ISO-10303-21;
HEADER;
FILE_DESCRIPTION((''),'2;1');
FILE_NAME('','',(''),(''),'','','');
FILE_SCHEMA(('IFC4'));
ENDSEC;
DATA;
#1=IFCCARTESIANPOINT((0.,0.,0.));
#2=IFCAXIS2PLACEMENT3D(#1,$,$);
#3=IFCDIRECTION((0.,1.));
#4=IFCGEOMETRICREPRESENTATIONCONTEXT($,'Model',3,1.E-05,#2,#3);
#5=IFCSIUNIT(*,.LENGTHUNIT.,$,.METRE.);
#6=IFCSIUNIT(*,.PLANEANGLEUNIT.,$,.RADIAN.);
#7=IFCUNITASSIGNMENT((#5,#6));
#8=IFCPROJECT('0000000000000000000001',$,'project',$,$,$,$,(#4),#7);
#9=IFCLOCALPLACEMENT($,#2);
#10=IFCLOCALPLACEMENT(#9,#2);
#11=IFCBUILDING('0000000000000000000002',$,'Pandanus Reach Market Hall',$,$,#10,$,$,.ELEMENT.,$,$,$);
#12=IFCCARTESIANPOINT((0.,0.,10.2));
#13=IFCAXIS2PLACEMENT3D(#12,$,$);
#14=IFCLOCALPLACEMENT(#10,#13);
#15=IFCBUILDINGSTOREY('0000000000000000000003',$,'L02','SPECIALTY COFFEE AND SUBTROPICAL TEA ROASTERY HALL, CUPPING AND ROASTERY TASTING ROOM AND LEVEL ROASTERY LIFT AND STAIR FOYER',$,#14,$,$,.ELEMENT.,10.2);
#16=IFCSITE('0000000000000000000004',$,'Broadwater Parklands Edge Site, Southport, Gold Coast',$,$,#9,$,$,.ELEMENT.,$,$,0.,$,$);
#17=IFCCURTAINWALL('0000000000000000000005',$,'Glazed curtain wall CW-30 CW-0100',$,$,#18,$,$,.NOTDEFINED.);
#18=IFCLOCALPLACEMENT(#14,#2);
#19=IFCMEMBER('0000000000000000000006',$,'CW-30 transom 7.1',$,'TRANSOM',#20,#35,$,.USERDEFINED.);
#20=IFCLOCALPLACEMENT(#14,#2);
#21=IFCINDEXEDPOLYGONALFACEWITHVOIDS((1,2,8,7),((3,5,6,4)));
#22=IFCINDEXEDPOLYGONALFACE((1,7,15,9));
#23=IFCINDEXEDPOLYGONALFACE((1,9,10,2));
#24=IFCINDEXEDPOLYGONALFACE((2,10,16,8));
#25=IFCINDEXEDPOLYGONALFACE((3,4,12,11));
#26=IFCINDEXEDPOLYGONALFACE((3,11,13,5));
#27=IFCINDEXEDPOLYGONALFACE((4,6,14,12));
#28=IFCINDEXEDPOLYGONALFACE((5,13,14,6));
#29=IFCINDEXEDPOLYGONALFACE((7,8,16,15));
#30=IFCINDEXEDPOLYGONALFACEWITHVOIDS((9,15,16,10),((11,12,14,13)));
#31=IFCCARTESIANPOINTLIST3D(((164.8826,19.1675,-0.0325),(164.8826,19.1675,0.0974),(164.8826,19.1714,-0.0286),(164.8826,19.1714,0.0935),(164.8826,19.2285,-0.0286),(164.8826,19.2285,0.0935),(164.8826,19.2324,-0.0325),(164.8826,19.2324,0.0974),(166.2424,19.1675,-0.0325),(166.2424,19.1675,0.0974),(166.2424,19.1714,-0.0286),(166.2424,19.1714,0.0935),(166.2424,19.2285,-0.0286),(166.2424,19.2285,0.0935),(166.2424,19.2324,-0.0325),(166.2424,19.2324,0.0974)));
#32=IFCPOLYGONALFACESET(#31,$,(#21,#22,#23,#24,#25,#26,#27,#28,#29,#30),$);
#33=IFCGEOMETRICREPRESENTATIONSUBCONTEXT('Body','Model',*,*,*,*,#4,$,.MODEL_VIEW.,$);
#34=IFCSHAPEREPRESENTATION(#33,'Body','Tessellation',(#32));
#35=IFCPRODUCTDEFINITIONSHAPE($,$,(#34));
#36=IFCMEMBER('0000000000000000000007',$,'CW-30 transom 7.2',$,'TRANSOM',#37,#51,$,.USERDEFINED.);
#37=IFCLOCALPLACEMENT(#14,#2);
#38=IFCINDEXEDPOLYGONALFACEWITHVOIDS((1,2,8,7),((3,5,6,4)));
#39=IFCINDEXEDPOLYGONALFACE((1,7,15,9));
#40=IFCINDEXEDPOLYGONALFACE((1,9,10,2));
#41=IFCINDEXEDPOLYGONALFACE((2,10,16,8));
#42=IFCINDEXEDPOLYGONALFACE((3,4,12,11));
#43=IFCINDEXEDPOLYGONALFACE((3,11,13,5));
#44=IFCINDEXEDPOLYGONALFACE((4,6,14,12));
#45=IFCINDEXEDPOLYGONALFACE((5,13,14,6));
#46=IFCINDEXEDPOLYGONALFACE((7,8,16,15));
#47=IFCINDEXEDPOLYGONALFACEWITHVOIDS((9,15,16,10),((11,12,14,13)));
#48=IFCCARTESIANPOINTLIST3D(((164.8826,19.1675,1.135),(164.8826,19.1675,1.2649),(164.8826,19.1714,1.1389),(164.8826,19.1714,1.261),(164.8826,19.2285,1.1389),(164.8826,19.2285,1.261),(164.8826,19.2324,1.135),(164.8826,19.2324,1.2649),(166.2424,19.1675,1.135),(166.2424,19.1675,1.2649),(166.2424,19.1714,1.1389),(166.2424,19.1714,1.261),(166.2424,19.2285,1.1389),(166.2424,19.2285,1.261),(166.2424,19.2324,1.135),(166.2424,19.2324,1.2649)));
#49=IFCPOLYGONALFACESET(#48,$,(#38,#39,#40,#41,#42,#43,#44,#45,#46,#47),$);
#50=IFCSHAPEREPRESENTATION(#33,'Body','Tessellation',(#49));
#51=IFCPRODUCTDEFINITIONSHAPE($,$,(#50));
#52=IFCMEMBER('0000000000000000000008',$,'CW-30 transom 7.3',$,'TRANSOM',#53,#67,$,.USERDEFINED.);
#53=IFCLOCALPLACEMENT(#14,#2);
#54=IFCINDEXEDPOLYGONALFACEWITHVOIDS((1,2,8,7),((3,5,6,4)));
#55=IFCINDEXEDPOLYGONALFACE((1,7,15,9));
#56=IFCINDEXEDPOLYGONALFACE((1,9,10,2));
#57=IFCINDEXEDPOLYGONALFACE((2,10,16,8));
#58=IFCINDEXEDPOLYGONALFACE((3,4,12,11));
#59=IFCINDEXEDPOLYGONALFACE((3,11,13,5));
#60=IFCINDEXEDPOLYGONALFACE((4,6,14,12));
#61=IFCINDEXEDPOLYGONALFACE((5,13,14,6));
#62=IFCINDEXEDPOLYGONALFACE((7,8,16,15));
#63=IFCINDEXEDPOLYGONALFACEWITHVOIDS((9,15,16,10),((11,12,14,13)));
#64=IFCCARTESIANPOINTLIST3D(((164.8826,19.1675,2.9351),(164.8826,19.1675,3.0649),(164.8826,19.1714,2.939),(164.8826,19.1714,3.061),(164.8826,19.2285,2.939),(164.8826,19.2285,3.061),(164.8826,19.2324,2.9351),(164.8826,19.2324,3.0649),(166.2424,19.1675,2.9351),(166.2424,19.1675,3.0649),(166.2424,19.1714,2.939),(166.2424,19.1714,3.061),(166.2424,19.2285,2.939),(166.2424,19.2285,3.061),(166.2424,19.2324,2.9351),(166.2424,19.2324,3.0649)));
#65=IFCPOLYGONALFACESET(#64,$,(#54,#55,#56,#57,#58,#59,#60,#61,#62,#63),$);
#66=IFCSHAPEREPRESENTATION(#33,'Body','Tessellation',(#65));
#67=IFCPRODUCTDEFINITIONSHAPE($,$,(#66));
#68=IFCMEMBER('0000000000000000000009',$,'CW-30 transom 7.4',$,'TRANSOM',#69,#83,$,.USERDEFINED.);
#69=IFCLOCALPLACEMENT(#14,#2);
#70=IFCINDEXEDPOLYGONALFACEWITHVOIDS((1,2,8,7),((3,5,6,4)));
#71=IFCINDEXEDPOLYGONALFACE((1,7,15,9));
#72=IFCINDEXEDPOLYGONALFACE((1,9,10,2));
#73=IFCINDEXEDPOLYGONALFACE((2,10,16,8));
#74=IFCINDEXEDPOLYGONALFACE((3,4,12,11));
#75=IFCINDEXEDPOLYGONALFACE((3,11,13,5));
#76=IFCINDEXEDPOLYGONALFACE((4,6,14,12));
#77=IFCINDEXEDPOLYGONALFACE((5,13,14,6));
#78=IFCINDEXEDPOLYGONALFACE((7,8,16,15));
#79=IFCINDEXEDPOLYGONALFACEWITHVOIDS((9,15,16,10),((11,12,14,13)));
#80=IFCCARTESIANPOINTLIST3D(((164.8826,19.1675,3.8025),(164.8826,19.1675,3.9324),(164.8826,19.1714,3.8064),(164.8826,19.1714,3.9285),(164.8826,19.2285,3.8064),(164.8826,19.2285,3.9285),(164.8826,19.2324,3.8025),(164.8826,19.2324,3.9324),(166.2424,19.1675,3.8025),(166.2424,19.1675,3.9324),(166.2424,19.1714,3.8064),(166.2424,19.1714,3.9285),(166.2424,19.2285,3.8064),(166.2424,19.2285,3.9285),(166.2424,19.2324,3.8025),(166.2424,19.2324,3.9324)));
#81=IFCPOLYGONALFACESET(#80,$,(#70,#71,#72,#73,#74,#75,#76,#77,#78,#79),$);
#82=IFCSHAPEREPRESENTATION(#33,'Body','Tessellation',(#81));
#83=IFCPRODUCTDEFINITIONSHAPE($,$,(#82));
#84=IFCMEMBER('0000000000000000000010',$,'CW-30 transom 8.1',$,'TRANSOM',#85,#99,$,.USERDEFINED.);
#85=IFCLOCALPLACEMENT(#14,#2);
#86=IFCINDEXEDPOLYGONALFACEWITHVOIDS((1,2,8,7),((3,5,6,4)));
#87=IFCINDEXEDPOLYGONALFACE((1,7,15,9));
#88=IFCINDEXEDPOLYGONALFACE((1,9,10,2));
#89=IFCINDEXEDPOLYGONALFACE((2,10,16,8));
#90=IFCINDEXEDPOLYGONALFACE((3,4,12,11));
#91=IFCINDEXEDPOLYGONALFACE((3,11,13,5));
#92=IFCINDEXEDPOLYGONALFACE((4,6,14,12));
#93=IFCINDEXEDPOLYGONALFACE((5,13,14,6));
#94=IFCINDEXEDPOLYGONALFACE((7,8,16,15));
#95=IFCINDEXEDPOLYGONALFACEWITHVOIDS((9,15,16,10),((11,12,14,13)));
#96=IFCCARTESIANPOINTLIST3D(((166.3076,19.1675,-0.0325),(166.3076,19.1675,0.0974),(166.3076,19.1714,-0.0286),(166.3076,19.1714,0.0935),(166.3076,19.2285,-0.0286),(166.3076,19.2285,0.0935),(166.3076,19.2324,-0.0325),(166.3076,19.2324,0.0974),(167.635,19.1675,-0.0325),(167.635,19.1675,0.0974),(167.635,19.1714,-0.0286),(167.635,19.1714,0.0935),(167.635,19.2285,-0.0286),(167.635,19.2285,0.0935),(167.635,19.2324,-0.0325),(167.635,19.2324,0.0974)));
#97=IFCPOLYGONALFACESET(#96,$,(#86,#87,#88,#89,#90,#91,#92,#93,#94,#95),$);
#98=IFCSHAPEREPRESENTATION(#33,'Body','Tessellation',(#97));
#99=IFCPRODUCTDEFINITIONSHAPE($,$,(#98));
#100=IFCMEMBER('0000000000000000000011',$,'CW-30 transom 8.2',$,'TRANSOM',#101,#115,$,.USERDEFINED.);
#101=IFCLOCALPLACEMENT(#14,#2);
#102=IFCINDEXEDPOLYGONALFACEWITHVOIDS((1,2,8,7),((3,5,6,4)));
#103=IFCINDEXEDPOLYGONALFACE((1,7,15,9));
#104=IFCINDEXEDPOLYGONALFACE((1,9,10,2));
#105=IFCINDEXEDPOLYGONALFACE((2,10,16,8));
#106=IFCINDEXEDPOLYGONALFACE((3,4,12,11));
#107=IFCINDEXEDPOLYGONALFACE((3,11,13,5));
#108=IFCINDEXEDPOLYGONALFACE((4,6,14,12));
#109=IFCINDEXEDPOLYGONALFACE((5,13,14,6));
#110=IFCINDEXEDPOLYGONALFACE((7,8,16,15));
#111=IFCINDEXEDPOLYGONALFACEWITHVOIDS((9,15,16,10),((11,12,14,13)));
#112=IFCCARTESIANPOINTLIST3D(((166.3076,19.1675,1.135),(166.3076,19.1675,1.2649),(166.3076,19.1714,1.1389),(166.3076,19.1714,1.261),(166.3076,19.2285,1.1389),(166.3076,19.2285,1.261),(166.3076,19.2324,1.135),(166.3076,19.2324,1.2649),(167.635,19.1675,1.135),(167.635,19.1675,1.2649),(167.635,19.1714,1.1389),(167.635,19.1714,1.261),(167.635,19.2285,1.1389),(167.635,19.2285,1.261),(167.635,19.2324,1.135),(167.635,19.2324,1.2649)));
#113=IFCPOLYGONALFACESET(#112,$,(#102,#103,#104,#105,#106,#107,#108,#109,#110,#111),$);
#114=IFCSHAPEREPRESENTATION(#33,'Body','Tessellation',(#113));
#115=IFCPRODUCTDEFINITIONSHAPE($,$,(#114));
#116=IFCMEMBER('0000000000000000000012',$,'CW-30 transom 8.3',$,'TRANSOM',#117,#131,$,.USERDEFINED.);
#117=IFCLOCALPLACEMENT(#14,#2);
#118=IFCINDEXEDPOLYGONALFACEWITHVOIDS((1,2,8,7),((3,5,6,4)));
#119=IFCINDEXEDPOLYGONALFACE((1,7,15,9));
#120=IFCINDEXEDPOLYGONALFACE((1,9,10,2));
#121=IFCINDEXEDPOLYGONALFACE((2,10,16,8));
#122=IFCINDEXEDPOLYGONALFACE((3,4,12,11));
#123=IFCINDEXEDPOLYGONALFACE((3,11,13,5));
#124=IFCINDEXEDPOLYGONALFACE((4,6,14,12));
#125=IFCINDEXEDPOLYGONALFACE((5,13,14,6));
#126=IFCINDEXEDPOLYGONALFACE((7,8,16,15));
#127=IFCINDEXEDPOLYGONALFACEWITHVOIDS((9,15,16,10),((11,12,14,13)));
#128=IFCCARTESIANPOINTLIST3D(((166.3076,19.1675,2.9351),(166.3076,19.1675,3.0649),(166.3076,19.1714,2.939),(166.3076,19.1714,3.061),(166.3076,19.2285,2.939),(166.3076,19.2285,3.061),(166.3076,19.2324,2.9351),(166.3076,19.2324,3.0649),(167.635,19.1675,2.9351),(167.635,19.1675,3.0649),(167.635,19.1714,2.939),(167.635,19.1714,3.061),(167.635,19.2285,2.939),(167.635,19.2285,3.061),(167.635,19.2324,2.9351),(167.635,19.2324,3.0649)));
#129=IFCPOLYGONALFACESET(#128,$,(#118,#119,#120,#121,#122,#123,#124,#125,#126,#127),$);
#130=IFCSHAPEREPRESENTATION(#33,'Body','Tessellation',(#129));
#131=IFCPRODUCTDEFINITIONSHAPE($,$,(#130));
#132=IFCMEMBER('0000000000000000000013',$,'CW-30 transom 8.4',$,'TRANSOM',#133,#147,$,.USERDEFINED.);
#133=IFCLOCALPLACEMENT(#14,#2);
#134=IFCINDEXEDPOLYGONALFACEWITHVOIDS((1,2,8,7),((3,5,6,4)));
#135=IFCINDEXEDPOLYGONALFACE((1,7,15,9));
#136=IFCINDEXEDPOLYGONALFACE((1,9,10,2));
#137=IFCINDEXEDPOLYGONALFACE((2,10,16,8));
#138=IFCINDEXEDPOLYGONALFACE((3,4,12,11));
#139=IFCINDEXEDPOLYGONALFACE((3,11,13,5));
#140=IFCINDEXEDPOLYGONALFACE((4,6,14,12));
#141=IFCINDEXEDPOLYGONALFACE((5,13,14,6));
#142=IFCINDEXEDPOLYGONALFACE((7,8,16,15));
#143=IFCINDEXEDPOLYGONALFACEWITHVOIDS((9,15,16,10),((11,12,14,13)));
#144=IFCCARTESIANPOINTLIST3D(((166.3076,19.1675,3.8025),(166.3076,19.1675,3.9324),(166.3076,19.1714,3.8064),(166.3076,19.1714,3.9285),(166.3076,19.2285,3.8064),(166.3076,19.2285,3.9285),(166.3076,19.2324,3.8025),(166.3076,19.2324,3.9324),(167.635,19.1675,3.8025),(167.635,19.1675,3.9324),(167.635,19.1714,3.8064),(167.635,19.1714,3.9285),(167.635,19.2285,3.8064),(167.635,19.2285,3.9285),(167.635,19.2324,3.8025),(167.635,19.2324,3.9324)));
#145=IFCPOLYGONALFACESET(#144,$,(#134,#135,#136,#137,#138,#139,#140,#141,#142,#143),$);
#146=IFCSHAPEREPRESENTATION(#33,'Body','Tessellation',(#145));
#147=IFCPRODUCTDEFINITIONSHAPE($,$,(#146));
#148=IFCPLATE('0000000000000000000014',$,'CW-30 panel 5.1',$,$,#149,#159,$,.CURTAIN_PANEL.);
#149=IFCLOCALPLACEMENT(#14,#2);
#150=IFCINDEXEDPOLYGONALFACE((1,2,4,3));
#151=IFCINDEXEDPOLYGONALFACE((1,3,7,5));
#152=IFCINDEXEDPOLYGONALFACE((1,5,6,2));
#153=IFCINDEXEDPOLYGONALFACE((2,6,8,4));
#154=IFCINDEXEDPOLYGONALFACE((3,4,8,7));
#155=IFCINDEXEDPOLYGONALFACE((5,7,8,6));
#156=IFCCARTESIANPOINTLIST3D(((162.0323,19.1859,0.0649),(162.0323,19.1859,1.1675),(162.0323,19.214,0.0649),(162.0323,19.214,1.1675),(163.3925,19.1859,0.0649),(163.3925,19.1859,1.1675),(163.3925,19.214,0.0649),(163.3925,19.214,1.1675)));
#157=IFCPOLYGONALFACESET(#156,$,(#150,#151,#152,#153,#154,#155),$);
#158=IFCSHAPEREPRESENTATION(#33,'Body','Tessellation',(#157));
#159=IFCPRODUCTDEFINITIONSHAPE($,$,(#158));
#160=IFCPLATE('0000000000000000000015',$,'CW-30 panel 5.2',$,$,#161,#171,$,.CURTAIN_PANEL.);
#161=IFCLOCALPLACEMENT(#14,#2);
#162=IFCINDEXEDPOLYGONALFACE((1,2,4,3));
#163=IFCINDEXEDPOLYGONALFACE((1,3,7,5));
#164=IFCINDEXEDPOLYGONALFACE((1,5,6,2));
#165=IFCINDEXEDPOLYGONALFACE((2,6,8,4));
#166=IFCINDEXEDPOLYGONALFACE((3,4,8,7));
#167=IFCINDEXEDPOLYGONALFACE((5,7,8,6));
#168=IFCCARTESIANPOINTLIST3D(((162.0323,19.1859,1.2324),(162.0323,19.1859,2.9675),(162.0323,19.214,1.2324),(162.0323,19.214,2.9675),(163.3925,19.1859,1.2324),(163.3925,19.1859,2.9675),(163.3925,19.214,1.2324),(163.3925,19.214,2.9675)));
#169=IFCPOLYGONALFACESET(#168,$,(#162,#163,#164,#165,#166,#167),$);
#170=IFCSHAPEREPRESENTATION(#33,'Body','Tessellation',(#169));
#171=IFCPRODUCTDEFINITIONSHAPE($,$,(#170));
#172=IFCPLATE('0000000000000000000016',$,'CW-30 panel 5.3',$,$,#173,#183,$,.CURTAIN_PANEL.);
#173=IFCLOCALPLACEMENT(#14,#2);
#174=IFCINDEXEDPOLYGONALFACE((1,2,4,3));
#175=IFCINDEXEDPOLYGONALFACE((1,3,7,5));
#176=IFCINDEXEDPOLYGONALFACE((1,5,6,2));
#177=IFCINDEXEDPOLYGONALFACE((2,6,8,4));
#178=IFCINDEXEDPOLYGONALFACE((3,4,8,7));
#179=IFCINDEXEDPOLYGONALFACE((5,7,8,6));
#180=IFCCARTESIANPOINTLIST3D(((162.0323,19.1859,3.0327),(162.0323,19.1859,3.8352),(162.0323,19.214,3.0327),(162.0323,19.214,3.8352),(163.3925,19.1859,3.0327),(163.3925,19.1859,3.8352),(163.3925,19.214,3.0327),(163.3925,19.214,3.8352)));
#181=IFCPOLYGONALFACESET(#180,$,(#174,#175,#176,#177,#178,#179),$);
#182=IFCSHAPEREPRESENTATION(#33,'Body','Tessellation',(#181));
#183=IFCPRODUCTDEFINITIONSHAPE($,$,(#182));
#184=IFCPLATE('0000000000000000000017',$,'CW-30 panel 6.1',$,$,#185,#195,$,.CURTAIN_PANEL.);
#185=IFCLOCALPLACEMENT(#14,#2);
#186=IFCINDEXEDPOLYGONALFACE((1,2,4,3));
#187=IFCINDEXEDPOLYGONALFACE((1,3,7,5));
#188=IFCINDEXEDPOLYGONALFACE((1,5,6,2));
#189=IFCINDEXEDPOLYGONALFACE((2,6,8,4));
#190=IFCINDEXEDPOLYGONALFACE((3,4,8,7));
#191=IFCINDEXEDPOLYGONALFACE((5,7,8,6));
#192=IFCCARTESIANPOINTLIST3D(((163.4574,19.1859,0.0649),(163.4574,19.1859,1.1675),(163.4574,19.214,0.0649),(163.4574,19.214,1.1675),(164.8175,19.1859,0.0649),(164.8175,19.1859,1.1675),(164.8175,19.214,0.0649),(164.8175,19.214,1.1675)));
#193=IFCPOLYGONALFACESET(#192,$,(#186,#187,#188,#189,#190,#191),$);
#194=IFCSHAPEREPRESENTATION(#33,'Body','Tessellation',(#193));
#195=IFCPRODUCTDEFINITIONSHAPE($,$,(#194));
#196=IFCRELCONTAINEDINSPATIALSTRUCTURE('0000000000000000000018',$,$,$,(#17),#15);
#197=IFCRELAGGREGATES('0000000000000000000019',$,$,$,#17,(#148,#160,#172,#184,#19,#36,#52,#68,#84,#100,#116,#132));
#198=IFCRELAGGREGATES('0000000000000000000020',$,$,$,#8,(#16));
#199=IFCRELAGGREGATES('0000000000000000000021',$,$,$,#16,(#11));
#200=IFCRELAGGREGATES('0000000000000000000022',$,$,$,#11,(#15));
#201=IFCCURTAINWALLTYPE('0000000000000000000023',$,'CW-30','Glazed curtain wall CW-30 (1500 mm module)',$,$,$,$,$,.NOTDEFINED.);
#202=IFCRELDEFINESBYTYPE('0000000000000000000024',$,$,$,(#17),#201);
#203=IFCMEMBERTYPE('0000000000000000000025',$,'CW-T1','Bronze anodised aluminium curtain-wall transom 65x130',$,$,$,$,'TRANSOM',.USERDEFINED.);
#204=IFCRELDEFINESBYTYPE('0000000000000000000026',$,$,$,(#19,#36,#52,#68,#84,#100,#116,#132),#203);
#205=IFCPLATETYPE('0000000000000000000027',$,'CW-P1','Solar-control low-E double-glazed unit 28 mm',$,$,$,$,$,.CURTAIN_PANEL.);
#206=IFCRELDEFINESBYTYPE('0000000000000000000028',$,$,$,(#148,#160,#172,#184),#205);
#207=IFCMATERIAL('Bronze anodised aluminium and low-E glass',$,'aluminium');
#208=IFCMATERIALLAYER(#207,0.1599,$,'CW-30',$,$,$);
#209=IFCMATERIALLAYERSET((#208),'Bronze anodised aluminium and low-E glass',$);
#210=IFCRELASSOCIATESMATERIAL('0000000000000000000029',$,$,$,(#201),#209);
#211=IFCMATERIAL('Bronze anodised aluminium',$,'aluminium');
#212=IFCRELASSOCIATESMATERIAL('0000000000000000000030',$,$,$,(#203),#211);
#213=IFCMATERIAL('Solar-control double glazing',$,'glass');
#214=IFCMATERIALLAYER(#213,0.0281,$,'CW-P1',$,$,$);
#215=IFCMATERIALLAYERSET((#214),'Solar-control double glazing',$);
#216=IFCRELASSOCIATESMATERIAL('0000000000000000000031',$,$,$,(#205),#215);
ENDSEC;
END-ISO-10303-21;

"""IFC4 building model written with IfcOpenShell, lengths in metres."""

from ifc_helpers import new_model, si_unit, direction, frame, origin, origin_2d, place, context, subcontext, project, spatial, rectangle, hollow_rectangle, extrude, material, layer, layer_set, material_profile, profile_set, type_object, element, aggregate, save


model = new_model("IFC4")

# Units and contexts
model_context = context("Model", 3, precision=1e-05, world=origin(), true_north=direction((0.0, 1.0)))
body_context = subcontext(model_context, "Body", "Model", "MODEL_VIEW")
ifc_project = project(units=[si_unit("LENGTHUNIT", "METRE"), si_unit("PLANEANGLEUNIT", "RADIAN")], contexts=[model_context])

# Site, building, storey
site_placement = place(None, origin())
site = spatial("IfcSite", under=ifc_project, at=site_placement, Name="Broadwater Parklands Edge Site, Southport, Gold Coast", CompositionType="ELEMENT", RefElevation=0.0)
building_placement = place(site_placement, origin())
building = spatial("IfcBuilding", under=site, at=building_placement, Name="Pandanus Reach Market Hall", CompositionType="ELEMENT")
storey_placement = place(building_placement, frame((0.0, 0.0, 10.2)))
storey = spatial("IfcBuildingStorey", under=building, at=storey_placement, Name="L02", Description="SPECIALTY COFFEE AND SUBTROPICAL TEA ROASTERY HALL, CUPPING AND ROASTERY TASTING ROOM AND LEVEL ROASTERY LIFT AND STAIR FOYER", CompositionType="ELEMENT", Elevation=10.2)

# Curtain wall, members, plates
ifc_material_1 = material(Name="Bronze anodised aluminium and low-E glass", Category="aluminium")
ifc_layer_1 = layer(ifc_material_1, 0.1599, Name="CW-30")
ifc_layer_set_1 = layer_set([ifc_layer_1], Name="Bronze anodised aluminium and low-E glass")
curtain_wall_type = type_object("IfcCurtainWallType", Name="CW-30", Description="Glazed curtain wall CW-30 (1500 mm module)", PredefinedType="NOTDEFINED", material=ifc_layer_set_1)
curtain_wall_placement = place(storey_placement, origin())
curtain_wall = element("IfcCurtainWall", 1, at=curtain_wall_placement, inside=storey, type_object=curtain_wall_type, Name="Glazed curtain wall CW-30 CW-0100", PredefinedType="NOTDEFINED")
ifc_material_2 = material(Name="Bronze anodised aluminium", Category="aluminium")
ifc_material_profile_1 = material_profile(ifc_material_2, hollow_rectangle(XDim=0.0649, YDim=0.1299, WallThickness=0.0039, at=origin_2d()), Name="ALU65x130", Category="LoadBearing")
ifc_profile_set_1 = profile_set([ifc_material_profile_1], Name="Bronze anodised aluminium")
member_type_1 = type_object("IfcMemberType", Name="CW-T1", Description="Bronze anodised aluminium curtain-wall transom 65x130", ElementType="TRANSOM", PredefinedType="USERDEFINED", material=ifc_profile_set_1)
member_1_placement = place(storey_placement, frame((164.8826, 19.2, 0.0325), z_axis=(1.0, 0.0, 0.0), x_axis=(0.0, 1.0, 0.0)))
member_1 = element("IfcMember", 2, at=member_1_placement, type_object=member_type_1, Name="CW-30 transom 7.1", ObjectType="TRANSOM", PredefinedType="USERDEFINED", context=body_context, shape_type="SweptSolid", body=[
    extrude(hollow_rectangle(XDim=0.0649, YDim=0.1299, WallThickness=0.0039, at=origin_2d()), origin(), (0.0, 0.0, 1.0), 1.3599),
])
member_2_placement = place(storey_placement, frame((164.8826, 19.2, 1.2), z_axis=(1.0, 0.0, 0.0), x_axis=(0.0, 1.0, 0.0)))
member_2 = element("IfcMember", 3, at=member_2_placement, type_object=member_type_1, Name="CW-30 transom 7.2", ObjectType="TRANSOM", PredefinedType="USERDEFINED", context=body_context, shape_type="SweptSolid", body=[
    extrude(hollow_rectangle(XDim=0.0649, YDim=0.1299, WallThickness=0.0039, at=origin_2d()), origin(), (0.0, 0.0, 1.0), 1.3599),
])
member_3_placement = place(storey_placement, frame((164.8826, 19.2, 3.0), z_axis=(1.0, 0.0, 0.0), x_axis=(0.0, 1.0, 0.0)))
member_3 = element("IfcMember", 4, at=member_3_placement, type_object=member_type_1, Name="CW-30 transom 7.3", ObjectType="TRANSOM", PredefinedType="USERDEFINED", context=body_context, shape_type="SweptSolid", body=[
    extrude(hollow_rectangle(XDim=0.0649, YDim=0.1299, WallThickness=0.0039, at=origin_2d()), origin(), (0.0, 0.0, 1.0), 1.3599),
])
member_4_placement = place(storey_placement, frame((164.8826, 19.2, 3.8674), z_axis=(1.0, 0.0, 0.0), x_axis=(0.0, 1.0, 0.0)))
member_4 = element("IfcMember", 5, at=member_4_placement, type_object=member_type_1, Name="CW-30 transom 7.4", ObjectType="TRANSOM", PredefinedType="USERDEFINED", context=body_context, shape_type="SweptSolid", body=[
    extrude(hollow_rectangle(XDim=0.0649, YDim=0.1299, WallThickness=0.0039, at=origin_2d()), origin(), (0.0, 0.0, 1.0), 1.3599),
])
member_5_placement = place(storey_placement, frame((166.3076, 19.2, 0.0325), z_axis=(1.0, 0.0, 0.0), x_axis=(0.0, 1.0, 0.0)))
member_5 = element("IfcMember", 6, at=member_5_placement, type_object=member_type_1, Name="CW-30 transom 8.1", ObjectType="TRANSOM", PredefinedType="USERDEFINED", context=body_context, shape_type="SweptSolid", body=[
    extrude(hollow_rectangle(XDim=0.0649, YDim=0.1299, WallThickness=0.0039, at=origin_2d()), origin(), (0.0, 0.0, 1.0), 1.3274),
])
member_6_placement = place(storey_placement, frame((166.3076, 19.2, 1.2), z_axis=(1.0, 0.0, 0.0), x_axis=(0.0, 1.0, 0.0)))
member_6 = element("IfcMember", 7, at=member_6_placement, type_object=member_type_1, Name="CW-30 transom 8.2", ObjectType="TRANSOM", PredefinedType="USERDEFINED", context=body_context, shape_type="SweptSolid", body=[
    extrude(hollow_rectangle(XDim=0.0649, YDim=0.1299, WallThickness=0.0039, at=origin_2d()), origin(), (0.0, 0.0, 1.0), 1.3274),
])
member_7_placement = place(storey_placement, frame((166.3076, 19.2, 3.0), z_axis=(1.0, 0.0, 0.0), x_axis=(0.0, 1.0, 0.0)))
member_7 = element("IfcMember", 8, at=member_7_placement, type_object=member_type_1, Name="CW-30 transom 8.3", ObjectType="TRANSOM", PredefinedType="USERDEFINED", context=body_context, shape_type="SweptSolid", body=[
    extrude(hollow_rectangle(XDim=0.0649, YDim=0.1299, WallThickness=0.0039, at=origin_2d()), origin(), (0.0, 0.0, 1.0), 1.3274),
])
member_8_placement = place(storey_placement, frame((166.3076, 19.2, 3.8674), z_axis=(1.0, 0.0, 0.0), x_axis=(0.0, 1.0, 0.0)))
member_8 = element("IfcMember", 9, at=member_8_placement, type_object=member_type_1, Name="CW-30 transom 8.4", ObjectType="TRANSOM", PredefinedType="USERDEFINED", context=body_context, shape_type="SweptSolid", body=[
    extrude(hollow_rectangle(XDim=0.0649, YDim=0.1299, WallThickness=0.0039, at=origin_2d()), origin(), (0.0, 0.0, 1.0), 1.3274),
])
ifc_material_3 = material(Name="Solar-control double glazing", Category="glass")
ifc_layer_2 = layer(ifc_material_3, 0.0281, Name="CW-P1")
ifc_layer_set_2 = layer_set([ifc_layer_2], Name="Solar-control double glazing")
plate_type = type_object("IfcPlateType", Name="CW-P1", Description="Solar-control low-E double-glazed unit 28 mm", PredefinedType="CURTAIN_PANEL", material=ifc_layer_set_2)
plate_1_placement = place(storey_placement, frame((162.7124, 19.2, 0.0649), z_axis=(0.0, 0.0, 1.0), x_axis=(1.0, 0.0, 0.0)))
plate_1 = element("IfcPlate", 10, at=plate_1_placement, type_object=plate_type, Name="CW-30 panel 5.1", PredefinedType="CURTAIN_PANEL", context=body_context, shape_type="SweptSolid", body=[
    extrude(rectangle(XDim=1.3601, YDim=0.0281, at=origin_2d()), origin(), (0.0, 0.0, 1.0), 1.1025),
])
plate_2_placement = place(storey_placement, frame((162.7124, 19.2, 1.2324), z_axis=(0.0, 0.0, 1.0), x_axis=(1.0, 0.0, 0.0)))
plate_2 = element("IfcPlate", 11, at=plate_2_placement, type_object=plate_type, Name="CW-30 panel 5.2", PredefinedType="CURTAIN_PANEL", context=body_context, shape_type="SweptSolid", body=[
    extrude(rectangle(XDim=1.3601, YDim=0.0281, at=origin_2d()), origin(), (0.0, 0.0, 1.0), 1.7351),
])
plate_3_placement = place(storey_placement, frame((162.7124, 19.2, 3.0327), z_axis=(0.0, 0.0, 1.0), x_axis=(1.0, 0.0, 0.0)))
plate_3 = element("IfcPlate", 12, at=plate_3_placement, type_object=plate_type, Name="CW-30 panel 5.3", PredefinedType="CURTAIN_PANEL", context=body_context, shape_type="SweptSolid", body=[
    extrude(rectangle(XDim=1.3601, YDim=0.0281, at=origin_2d()), origin(), (0.0, 0.0, 1.0), 0.8025),
])
plate_4_placement = place(storey_placement, frame((164.1375, 19.2, 0.0649), z_axis=(0.0, 0.0, 1.0), x_axis=(1.0, 0.0, 0.0)))
plate_4 = element("IfcPlate", 13, at=plate_4_placement, type_object=plate_type, Name="CW-30 panel 6.1", PredefinedType="CURTAIN_PANEL", context=body_context, shape_type="SweptSolid", body=[
    extrude(rectangle(XDim=1.3601, YDim=0.0281, at=origin_2d()), origin(), (0.0, 0.0, 1.0), 1.1025),
])
aggregate(curtain_wall, [plate_1, plate_2, plate_3, plate_4, member_1, member_2, member_3, member_4, member_5, member_6, member_7, member_8])

save(model, "model.ifc")
